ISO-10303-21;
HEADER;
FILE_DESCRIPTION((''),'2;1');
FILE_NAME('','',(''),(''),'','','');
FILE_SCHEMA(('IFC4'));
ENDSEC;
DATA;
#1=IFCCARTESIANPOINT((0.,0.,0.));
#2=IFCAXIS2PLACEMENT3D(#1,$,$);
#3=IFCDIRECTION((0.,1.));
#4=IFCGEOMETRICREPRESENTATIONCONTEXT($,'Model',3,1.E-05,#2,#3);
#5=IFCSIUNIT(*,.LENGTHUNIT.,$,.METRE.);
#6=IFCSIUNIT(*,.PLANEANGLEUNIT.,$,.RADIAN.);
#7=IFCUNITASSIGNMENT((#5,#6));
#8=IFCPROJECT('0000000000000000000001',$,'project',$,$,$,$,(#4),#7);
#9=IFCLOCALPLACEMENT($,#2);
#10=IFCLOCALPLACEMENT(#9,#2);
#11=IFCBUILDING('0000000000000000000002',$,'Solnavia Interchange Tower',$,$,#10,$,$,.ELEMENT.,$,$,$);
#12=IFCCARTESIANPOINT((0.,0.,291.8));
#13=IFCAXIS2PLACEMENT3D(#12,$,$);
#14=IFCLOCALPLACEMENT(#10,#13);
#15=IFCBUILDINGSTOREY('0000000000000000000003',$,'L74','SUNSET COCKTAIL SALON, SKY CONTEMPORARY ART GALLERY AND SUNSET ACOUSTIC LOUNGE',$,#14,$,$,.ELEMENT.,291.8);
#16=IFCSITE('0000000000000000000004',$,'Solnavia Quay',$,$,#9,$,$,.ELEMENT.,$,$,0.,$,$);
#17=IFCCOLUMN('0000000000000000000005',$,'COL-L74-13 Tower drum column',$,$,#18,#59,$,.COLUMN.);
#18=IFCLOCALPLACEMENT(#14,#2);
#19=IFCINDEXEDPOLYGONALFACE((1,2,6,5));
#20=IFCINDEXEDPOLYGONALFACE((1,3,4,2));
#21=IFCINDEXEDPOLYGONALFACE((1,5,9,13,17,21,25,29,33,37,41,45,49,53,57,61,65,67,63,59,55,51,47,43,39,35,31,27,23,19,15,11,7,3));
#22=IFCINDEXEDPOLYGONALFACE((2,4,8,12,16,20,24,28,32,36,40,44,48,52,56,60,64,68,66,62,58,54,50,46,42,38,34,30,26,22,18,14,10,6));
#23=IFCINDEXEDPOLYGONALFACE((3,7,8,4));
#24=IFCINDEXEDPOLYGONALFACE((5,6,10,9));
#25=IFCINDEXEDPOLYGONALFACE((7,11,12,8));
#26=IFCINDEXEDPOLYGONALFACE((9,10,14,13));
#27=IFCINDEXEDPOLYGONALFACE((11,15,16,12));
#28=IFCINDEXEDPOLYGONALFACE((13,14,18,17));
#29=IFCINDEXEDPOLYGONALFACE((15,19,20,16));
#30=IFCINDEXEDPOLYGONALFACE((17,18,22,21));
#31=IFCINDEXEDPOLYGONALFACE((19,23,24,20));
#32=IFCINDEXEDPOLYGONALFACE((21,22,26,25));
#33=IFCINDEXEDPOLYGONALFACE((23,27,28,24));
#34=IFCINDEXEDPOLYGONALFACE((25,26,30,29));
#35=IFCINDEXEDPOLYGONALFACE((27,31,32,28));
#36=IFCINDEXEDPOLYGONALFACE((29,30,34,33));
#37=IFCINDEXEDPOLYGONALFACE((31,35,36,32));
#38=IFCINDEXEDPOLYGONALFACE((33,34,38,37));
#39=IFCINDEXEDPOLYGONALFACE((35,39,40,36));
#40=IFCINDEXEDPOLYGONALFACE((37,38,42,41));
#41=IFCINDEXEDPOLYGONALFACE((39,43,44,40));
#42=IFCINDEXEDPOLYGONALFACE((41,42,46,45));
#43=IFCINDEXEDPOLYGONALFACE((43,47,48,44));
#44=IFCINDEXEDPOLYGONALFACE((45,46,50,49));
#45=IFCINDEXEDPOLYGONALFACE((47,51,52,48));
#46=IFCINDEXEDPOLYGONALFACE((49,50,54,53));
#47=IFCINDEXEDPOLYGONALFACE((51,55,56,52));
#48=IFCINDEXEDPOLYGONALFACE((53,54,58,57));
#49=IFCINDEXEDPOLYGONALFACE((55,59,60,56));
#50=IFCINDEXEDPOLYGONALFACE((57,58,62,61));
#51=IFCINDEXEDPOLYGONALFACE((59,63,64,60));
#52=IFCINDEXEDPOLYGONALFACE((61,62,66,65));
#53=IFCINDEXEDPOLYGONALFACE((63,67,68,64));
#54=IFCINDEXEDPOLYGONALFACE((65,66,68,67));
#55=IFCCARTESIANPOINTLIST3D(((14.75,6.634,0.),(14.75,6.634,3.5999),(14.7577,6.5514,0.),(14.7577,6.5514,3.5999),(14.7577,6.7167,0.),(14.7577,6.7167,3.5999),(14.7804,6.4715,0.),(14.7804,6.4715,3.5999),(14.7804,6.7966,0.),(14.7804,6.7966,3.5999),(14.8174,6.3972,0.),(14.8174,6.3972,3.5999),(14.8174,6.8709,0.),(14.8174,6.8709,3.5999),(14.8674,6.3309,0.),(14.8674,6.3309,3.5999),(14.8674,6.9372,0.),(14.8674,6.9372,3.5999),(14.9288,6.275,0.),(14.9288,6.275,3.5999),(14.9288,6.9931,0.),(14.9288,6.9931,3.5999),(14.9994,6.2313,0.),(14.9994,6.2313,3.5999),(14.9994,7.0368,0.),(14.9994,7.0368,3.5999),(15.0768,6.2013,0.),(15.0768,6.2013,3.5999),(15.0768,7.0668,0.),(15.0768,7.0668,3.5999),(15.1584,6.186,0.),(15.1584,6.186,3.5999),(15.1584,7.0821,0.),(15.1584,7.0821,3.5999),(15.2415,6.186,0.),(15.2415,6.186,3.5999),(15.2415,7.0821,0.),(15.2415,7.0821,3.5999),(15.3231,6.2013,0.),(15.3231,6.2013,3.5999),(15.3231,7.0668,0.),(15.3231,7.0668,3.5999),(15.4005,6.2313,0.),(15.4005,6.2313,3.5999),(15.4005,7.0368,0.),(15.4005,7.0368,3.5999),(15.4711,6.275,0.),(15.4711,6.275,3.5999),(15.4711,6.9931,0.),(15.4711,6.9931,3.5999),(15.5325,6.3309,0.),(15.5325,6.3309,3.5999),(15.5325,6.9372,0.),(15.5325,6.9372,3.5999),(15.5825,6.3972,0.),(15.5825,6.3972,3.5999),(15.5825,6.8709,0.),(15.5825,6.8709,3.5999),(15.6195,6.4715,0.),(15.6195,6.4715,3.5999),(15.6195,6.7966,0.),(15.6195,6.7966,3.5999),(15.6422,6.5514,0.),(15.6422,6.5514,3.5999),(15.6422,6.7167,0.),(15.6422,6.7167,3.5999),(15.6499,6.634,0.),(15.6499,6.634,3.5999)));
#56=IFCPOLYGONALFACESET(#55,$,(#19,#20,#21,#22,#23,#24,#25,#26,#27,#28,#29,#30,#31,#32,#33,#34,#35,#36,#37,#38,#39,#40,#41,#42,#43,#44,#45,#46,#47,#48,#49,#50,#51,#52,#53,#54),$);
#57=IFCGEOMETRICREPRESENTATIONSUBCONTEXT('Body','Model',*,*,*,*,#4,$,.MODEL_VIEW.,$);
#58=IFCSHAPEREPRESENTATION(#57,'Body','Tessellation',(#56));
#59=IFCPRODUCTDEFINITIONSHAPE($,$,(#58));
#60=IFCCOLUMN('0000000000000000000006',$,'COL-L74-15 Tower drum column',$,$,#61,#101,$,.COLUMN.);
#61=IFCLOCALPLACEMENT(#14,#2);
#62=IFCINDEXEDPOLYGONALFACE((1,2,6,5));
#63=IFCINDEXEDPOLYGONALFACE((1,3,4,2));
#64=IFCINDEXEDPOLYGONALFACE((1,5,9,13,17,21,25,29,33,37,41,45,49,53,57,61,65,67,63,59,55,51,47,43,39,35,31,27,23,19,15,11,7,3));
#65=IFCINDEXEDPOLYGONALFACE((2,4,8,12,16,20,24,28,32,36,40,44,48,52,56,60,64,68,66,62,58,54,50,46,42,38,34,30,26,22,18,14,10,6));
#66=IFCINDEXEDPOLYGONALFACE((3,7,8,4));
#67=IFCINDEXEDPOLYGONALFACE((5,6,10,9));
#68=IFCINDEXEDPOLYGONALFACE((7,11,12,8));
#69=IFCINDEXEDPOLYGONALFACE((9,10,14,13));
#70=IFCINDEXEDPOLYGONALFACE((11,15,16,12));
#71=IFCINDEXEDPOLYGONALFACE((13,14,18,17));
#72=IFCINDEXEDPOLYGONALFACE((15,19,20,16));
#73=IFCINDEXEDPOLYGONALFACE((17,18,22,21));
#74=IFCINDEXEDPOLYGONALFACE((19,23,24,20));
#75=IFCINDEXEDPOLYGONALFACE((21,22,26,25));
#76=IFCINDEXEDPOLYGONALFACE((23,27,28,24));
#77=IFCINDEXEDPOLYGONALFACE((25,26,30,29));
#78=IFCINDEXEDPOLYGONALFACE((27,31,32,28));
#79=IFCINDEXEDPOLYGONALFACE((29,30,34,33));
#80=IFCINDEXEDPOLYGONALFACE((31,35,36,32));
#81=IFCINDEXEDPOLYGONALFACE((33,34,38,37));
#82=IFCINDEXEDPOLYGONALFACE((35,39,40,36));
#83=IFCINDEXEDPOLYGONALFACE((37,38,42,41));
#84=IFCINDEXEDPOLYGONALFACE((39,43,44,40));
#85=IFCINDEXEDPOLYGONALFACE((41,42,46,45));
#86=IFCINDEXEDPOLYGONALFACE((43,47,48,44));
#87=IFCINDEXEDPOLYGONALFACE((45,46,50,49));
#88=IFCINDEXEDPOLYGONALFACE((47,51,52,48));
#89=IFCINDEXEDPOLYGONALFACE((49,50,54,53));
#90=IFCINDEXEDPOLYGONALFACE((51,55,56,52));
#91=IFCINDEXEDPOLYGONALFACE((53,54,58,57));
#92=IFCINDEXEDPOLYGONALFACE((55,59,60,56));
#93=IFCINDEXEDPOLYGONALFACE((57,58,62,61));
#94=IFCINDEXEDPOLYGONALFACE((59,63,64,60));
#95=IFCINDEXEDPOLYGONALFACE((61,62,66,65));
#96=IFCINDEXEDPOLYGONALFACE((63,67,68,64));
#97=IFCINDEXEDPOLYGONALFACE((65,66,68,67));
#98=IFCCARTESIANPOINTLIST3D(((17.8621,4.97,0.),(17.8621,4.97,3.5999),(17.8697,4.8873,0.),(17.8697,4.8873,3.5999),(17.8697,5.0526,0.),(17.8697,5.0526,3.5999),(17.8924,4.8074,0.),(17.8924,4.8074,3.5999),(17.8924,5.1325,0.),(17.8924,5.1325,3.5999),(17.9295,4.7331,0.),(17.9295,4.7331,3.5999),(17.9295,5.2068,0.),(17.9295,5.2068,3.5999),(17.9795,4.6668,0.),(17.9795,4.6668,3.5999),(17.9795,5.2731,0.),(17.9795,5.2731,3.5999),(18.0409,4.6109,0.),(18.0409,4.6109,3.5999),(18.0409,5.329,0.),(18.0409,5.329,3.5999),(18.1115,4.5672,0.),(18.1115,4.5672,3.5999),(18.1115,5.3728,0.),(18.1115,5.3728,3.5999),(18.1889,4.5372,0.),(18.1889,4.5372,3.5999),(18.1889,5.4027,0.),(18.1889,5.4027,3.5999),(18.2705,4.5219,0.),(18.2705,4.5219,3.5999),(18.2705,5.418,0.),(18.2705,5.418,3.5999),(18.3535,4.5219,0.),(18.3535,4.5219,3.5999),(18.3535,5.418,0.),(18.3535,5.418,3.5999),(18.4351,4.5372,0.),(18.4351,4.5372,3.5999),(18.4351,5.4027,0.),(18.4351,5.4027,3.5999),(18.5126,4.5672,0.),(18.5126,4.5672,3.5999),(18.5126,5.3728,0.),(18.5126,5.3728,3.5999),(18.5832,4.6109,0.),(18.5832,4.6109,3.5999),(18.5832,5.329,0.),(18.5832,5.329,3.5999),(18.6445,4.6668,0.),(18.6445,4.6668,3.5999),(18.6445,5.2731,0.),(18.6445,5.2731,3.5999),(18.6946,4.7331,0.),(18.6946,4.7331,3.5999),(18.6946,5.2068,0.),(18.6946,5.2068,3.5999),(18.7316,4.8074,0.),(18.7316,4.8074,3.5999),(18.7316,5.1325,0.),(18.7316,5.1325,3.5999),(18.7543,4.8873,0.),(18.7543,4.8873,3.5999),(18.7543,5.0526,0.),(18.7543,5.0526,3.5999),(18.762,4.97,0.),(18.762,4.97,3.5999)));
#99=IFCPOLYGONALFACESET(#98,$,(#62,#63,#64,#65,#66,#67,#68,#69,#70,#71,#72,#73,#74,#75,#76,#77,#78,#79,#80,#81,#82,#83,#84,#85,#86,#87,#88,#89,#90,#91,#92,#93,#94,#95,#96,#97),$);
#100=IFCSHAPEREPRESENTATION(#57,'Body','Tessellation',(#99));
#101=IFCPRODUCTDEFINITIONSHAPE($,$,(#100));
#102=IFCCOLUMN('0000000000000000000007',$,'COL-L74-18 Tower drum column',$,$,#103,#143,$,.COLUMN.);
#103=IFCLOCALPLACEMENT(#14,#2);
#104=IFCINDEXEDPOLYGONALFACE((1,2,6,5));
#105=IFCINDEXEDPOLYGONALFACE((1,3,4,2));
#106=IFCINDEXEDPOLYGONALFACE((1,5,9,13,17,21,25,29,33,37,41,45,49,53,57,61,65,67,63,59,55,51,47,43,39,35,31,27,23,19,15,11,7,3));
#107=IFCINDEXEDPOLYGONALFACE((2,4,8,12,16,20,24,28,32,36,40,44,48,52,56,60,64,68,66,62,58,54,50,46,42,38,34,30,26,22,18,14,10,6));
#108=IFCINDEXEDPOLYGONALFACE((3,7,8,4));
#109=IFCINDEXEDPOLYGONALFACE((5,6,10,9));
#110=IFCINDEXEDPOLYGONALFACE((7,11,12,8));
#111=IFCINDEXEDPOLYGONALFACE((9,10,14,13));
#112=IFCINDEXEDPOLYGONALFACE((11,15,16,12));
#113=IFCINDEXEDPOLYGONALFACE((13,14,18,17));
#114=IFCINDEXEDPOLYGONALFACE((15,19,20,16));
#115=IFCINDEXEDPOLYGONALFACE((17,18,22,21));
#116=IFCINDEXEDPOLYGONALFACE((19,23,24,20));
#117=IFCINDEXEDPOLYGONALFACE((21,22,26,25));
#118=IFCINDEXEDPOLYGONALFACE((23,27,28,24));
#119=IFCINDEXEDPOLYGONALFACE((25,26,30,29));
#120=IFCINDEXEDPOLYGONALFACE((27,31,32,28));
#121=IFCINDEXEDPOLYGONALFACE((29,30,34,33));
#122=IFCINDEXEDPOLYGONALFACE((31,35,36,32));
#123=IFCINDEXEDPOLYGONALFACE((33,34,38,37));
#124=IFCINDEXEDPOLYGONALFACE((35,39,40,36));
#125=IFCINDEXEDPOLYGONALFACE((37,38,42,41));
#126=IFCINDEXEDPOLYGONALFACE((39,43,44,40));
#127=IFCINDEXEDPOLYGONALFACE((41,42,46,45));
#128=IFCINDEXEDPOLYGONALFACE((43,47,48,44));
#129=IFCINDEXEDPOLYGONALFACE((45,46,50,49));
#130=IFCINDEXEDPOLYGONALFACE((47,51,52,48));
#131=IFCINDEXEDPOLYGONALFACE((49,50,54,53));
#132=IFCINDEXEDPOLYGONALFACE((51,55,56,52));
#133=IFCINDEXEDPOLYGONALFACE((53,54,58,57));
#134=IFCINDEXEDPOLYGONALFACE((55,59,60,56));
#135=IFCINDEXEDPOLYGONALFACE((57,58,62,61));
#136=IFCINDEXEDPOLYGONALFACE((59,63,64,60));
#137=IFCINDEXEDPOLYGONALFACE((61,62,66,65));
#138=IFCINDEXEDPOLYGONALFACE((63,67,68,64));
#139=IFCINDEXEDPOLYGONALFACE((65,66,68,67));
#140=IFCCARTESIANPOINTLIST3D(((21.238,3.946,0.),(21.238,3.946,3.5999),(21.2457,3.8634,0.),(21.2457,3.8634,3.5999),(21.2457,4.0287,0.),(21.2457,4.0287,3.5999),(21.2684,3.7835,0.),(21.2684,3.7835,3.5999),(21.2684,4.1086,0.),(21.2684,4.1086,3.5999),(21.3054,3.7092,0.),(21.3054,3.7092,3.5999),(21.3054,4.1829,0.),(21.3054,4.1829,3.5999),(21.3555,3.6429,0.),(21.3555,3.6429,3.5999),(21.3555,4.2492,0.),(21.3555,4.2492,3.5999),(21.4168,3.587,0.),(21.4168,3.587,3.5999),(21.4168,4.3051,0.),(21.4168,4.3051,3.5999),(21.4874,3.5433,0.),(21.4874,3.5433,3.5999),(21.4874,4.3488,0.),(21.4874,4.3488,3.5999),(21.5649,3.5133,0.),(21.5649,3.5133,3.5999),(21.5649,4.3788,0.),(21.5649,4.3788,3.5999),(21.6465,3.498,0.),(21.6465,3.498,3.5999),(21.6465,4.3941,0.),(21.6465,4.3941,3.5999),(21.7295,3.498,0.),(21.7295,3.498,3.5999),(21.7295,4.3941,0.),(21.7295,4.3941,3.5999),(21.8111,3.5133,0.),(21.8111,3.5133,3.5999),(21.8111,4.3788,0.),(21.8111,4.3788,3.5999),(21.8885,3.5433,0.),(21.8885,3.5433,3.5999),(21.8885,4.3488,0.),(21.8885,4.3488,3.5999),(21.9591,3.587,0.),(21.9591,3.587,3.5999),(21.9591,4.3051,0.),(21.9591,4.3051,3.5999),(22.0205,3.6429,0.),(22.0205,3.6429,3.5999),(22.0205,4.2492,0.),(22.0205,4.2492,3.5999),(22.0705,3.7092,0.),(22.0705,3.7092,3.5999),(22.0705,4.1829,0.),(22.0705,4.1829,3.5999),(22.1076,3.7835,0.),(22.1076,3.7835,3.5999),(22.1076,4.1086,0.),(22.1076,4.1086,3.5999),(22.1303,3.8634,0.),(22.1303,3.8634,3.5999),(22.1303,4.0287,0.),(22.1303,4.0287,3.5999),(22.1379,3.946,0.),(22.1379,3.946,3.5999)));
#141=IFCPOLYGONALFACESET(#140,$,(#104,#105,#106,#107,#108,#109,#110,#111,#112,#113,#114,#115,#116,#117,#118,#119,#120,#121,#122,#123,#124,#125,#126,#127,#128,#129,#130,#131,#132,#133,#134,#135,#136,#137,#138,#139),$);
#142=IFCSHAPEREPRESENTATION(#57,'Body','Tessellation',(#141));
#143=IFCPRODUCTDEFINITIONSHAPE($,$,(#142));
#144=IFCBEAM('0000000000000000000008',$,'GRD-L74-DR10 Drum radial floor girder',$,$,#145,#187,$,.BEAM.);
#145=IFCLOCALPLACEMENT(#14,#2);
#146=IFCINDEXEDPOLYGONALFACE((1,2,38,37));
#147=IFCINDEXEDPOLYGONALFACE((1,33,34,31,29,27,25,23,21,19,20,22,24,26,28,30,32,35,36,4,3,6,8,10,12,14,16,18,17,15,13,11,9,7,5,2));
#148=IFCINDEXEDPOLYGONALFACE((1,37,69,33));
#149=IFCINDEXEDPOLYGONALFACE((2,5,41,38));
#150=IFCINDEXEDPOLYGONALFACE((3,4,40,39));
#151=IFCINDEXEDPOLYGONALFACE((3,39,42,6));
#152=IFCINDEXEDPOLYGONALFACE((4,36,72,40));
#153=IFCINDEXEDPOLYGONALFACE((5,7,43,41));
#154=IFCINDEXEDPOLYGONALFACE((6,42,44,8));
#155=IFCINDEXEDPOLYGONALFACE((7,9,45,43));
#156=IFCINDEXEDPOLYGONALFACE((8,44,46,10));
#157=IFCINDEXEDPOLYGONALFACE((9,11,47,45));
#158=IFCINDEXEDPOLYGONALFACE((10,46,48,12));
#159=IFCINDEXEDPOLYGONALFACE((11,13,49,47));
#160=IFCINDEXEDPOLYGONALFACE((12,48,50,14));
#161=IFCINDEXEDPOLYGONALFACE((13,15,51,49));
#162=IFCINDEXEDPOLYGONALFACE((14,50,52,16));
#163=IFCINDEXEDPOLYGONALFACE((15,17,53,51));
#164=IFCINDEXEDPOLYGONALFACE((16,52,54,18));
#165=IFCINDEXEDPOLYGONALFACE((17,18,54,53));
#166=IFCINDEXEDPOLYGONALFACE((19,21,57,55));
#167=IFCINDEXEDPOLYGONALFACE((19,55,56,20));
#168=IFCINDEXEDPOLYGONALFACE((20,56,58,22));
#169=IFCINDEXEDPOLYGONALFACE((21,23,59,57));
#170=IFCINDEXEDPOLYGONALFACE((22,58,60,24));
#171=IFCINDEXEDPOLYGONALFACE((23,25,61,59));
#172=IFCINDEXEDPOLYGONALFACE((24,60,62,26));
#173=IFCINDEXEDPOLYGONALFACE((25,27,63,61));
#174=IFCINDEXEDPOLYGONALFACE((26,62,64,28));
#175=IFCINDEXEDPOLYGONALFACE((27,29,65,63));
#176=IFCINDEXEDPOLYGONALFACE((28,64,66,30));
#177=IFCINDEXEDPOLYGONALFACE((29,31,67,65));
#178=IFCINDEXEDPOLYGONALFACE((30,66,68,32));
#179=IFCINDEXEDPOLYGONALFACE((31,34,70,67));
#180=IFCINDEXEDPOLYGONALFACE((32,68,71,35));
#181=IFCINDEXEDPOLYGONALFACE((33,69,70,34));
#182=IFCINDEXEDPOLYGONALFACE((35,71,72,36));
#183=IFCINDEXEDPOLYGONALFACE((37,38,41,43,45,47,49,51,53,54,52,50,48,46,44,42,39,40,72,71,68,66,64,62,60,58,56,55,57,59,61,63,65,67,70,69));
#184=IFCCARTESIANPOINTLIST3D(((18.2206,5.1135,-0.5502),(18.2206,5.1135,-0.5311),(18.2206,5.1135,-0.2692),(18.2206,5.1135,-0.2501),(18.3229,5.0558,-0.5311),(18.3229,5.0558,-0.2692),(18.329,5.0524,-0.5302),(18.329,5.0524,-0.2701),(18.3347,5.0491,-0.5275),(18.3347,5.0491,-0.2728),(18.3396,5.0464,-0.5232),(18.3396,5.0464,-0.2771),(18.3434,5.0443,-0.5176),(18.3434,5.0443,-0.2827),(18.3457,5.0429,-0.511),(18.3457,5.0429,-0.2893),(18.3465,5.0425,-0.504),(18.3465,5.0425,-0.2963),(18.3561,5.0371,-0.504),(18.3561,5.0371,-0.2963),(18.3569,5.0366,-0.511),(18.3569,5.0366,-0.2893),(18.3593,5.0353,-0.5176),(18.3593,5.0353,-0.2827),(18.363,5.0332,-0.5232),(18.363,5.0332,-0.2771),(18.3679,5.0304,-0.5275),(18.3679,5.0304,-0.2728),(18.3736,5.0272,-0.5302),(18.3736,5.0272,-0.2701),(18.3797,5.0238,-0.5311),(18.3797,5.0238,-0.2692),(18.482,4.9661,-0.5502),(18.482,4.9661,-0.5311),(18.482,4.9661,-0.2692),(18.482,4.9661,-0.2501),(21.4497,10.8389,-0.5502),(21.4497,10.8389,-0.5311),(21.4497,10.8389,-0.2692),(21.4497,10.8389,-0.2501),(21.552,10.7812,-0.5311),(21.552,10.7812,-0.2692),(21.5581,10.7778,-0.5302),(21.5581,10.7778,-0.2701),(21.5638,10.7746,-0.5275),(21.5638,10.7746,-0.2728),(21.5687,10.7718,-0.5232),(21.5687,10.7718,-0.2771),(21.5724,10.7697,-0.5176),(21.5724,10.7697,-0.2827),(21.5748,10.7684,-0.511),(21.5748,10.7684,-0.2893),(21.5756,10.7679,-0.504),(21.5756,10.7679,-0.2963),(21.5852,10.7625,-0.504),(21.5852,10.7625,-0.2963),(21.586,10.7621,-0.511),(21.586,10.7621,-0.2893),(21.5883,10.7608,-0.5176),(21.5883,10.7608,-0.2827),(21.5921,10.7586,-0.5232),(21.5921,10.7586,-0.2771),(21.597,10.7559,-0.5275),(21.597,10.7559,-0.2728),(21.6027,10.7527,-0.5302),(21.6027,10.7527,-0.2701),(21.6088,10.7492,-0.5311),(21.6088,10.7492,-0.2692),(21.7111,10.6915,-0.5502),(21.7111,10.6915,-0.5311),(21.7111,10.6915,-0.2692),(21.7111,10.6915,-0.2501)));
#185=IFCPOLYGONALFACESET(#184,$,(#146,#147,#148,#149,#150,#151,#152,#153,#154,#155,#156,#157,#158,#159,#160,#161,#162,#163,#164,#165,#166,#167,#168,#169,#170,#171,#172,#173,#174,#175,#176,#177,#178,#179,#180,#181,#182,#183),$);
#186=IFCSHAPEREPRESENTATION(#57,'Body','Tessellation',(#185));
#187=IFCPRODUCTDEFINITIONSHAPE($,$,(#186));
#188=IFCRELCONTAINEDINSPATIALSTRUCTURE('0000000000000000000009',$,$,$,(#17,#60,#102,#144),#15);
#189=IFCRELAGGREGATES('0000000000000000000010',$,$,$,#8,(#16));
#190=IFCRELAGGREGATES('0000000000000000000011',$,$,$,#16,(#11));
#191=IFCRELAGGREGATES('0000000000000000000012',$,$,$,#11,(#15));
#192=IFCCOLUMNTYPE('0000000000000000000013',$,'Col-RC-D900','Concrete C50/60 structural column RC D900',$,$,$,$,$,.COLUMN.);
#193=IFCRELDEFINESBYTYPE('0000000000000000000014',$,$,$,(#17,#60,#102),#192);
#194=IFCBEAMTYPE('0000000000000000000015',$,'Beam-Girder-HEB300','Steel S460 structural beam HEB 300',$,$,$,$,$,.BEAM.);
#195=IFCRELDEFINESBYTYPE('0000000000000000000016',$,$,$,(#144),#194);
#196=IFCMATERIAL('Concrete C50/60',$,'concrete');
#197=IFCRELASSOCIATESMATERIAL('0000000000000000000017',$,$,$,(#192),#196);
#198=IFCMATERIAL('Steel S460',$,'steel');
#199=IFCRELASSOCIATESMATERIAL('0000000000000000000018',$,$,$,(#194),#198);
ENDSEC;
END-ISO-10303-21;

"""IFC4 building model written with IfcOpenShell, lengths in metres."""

from ifc_helpers import new_model, si_unit, direction, frame, origin, origin_2d, place, context, subcontext, project, spatial, circle, i_section, extrude, material, material_profile, profile_set, type_object, element, save


model = new_model("IFC4")

# Units and contexts
model_context = context("Model", 3, precision=1e-05, world=origin(), true_north=direction((0.0, 1.0)))
body_context = subcontext(model_context, "Body", "Model", "MODEL_VIEW")
ifc_project = project(units=[si_unit("LENGTHUNIT", "METRE"), si_unit("PLANEANGLEUNIT", "RADIAN")], contexts=[model_context])

# Site, building, storey
site_placement = place(None, origin())
site = spatial("IfcSite", under=ifc_project, at=site_placement, Name="Solnavia Quay", CompositionType="ELEMENT", RefElevation=0.0)
building_placement = place(site_placement, origin())
building = spatial("IfcBuilding", under=site, at=building_placement, Name="Solnavia Interchange Tower", CompositionType="ELEMENT")
storey_placement = place(building_placement, frame((0.0, 0.0, 291.8)))
storey = spatial("IfcBuildingStorey", under=building, at=storey_placement, Name="L74", Description="SUNSET COCKTAIL SALON, SKY CONTEMPORARY ART GALLERY AND SUNSET ACOUSTIC LOUNGE", CompositionType="ELEMENT", Elevation=291.8)

# Columns
ifc_material_1 = material(Name="Concrete C50/60", Category="concrete")
ifc_material_profile_1 = material_profile(ifc_material_1, circle(Radius=0.45, at=origin_2d()), Name="RC D900")
ifc_profile_set_1 = profile_set([ifc_material_profile_1], Name="Concrete C50/60")
column_type = type_object("IfcColumnType", Name="Col-RC-D900", Description="Concrete C50/60 structural column RC D900", PredefinedType="COLUMN", material=ifc_profile_set_1)
for number, where, z_axis, x_axis, name in (
    (1, (15.2, 6.634, 0.0), (0.0, 0.0, 1.0), (1.0, 0.0, 0.0), "COL-L74-13 Tower drum column"),
    (2, (18.312, 4.97, 0.0), (0.0, 0.0, 1.0), (1.0, 0.0, 0.0), "COL-L74-15 Tower drum column"),
    (3, (21.688, 3.946, 0.0), (0.0, 0.0, 1.0), (1.0, 0.0, 0.0), "COL-L74-18 Tower drum column"),
):
    element("IfcColumn", number, at=place(storey_placement, frame(where, z_axis=z_axis, x_axis=x_axis)), inside=storey, type_object=column_type, Name=name, PredefinedType="COLUMN", context=body_context, shape_type="SweptSolid", body=[
        extrude(circle(Radius=0.45, at=origin_2d()), origin(), (0.0, 0.0, 1.0), 3.5999),
    ])

# Beam
ifc_material_2 = material(Name="Steel S460", Category="steel")
ifc_material_profile_2 = material_profile(ifc_material_2, i_section(OverallWidth=0.3, OverallDepth=0.3, WebThickness=0.011, FlangeThickness=0.019, FilletRadius=0.0271, at=origin_2d()), Name="HEB 300")
ifc_profile_set_2 = profile_set([ifc_material_profile_2], Name="Steel S460")
beam_type_1 = type_object("IfcBeamType", Name="Beam-Girder-HEB300", Description="Steel S460 structural beam HEB 300", PredefinedType="BEAM", material=ifc_profile_set_2)
beam_1_placement = place(storey_placement, frame((18.3513, 5.0398, -0.4001), z_axis=(0.491243, 0.871022, 0.0), x_axis=(-0.871022, 0.491243, 0.0)))
element("IfcBeam", 4, at=beam_1_placement, inside=storey, type_object=beam_type_1, Name="GRD-L74-DR10 Drum radial floor girder", PredefinedType="BEAM", context=body_context, shape_type="SweptSolid", body=[
    extrude(i_section(OverallWidth=0.3, OverallDepth=0.3, WebThickness=0.011, FlangeThickness=0.019, FilletRadius=0.0271, at=origin_2d()), origin(), (0.0, 0.0, 1.0), 6.5732),
])

save(model, "model.ifc")
